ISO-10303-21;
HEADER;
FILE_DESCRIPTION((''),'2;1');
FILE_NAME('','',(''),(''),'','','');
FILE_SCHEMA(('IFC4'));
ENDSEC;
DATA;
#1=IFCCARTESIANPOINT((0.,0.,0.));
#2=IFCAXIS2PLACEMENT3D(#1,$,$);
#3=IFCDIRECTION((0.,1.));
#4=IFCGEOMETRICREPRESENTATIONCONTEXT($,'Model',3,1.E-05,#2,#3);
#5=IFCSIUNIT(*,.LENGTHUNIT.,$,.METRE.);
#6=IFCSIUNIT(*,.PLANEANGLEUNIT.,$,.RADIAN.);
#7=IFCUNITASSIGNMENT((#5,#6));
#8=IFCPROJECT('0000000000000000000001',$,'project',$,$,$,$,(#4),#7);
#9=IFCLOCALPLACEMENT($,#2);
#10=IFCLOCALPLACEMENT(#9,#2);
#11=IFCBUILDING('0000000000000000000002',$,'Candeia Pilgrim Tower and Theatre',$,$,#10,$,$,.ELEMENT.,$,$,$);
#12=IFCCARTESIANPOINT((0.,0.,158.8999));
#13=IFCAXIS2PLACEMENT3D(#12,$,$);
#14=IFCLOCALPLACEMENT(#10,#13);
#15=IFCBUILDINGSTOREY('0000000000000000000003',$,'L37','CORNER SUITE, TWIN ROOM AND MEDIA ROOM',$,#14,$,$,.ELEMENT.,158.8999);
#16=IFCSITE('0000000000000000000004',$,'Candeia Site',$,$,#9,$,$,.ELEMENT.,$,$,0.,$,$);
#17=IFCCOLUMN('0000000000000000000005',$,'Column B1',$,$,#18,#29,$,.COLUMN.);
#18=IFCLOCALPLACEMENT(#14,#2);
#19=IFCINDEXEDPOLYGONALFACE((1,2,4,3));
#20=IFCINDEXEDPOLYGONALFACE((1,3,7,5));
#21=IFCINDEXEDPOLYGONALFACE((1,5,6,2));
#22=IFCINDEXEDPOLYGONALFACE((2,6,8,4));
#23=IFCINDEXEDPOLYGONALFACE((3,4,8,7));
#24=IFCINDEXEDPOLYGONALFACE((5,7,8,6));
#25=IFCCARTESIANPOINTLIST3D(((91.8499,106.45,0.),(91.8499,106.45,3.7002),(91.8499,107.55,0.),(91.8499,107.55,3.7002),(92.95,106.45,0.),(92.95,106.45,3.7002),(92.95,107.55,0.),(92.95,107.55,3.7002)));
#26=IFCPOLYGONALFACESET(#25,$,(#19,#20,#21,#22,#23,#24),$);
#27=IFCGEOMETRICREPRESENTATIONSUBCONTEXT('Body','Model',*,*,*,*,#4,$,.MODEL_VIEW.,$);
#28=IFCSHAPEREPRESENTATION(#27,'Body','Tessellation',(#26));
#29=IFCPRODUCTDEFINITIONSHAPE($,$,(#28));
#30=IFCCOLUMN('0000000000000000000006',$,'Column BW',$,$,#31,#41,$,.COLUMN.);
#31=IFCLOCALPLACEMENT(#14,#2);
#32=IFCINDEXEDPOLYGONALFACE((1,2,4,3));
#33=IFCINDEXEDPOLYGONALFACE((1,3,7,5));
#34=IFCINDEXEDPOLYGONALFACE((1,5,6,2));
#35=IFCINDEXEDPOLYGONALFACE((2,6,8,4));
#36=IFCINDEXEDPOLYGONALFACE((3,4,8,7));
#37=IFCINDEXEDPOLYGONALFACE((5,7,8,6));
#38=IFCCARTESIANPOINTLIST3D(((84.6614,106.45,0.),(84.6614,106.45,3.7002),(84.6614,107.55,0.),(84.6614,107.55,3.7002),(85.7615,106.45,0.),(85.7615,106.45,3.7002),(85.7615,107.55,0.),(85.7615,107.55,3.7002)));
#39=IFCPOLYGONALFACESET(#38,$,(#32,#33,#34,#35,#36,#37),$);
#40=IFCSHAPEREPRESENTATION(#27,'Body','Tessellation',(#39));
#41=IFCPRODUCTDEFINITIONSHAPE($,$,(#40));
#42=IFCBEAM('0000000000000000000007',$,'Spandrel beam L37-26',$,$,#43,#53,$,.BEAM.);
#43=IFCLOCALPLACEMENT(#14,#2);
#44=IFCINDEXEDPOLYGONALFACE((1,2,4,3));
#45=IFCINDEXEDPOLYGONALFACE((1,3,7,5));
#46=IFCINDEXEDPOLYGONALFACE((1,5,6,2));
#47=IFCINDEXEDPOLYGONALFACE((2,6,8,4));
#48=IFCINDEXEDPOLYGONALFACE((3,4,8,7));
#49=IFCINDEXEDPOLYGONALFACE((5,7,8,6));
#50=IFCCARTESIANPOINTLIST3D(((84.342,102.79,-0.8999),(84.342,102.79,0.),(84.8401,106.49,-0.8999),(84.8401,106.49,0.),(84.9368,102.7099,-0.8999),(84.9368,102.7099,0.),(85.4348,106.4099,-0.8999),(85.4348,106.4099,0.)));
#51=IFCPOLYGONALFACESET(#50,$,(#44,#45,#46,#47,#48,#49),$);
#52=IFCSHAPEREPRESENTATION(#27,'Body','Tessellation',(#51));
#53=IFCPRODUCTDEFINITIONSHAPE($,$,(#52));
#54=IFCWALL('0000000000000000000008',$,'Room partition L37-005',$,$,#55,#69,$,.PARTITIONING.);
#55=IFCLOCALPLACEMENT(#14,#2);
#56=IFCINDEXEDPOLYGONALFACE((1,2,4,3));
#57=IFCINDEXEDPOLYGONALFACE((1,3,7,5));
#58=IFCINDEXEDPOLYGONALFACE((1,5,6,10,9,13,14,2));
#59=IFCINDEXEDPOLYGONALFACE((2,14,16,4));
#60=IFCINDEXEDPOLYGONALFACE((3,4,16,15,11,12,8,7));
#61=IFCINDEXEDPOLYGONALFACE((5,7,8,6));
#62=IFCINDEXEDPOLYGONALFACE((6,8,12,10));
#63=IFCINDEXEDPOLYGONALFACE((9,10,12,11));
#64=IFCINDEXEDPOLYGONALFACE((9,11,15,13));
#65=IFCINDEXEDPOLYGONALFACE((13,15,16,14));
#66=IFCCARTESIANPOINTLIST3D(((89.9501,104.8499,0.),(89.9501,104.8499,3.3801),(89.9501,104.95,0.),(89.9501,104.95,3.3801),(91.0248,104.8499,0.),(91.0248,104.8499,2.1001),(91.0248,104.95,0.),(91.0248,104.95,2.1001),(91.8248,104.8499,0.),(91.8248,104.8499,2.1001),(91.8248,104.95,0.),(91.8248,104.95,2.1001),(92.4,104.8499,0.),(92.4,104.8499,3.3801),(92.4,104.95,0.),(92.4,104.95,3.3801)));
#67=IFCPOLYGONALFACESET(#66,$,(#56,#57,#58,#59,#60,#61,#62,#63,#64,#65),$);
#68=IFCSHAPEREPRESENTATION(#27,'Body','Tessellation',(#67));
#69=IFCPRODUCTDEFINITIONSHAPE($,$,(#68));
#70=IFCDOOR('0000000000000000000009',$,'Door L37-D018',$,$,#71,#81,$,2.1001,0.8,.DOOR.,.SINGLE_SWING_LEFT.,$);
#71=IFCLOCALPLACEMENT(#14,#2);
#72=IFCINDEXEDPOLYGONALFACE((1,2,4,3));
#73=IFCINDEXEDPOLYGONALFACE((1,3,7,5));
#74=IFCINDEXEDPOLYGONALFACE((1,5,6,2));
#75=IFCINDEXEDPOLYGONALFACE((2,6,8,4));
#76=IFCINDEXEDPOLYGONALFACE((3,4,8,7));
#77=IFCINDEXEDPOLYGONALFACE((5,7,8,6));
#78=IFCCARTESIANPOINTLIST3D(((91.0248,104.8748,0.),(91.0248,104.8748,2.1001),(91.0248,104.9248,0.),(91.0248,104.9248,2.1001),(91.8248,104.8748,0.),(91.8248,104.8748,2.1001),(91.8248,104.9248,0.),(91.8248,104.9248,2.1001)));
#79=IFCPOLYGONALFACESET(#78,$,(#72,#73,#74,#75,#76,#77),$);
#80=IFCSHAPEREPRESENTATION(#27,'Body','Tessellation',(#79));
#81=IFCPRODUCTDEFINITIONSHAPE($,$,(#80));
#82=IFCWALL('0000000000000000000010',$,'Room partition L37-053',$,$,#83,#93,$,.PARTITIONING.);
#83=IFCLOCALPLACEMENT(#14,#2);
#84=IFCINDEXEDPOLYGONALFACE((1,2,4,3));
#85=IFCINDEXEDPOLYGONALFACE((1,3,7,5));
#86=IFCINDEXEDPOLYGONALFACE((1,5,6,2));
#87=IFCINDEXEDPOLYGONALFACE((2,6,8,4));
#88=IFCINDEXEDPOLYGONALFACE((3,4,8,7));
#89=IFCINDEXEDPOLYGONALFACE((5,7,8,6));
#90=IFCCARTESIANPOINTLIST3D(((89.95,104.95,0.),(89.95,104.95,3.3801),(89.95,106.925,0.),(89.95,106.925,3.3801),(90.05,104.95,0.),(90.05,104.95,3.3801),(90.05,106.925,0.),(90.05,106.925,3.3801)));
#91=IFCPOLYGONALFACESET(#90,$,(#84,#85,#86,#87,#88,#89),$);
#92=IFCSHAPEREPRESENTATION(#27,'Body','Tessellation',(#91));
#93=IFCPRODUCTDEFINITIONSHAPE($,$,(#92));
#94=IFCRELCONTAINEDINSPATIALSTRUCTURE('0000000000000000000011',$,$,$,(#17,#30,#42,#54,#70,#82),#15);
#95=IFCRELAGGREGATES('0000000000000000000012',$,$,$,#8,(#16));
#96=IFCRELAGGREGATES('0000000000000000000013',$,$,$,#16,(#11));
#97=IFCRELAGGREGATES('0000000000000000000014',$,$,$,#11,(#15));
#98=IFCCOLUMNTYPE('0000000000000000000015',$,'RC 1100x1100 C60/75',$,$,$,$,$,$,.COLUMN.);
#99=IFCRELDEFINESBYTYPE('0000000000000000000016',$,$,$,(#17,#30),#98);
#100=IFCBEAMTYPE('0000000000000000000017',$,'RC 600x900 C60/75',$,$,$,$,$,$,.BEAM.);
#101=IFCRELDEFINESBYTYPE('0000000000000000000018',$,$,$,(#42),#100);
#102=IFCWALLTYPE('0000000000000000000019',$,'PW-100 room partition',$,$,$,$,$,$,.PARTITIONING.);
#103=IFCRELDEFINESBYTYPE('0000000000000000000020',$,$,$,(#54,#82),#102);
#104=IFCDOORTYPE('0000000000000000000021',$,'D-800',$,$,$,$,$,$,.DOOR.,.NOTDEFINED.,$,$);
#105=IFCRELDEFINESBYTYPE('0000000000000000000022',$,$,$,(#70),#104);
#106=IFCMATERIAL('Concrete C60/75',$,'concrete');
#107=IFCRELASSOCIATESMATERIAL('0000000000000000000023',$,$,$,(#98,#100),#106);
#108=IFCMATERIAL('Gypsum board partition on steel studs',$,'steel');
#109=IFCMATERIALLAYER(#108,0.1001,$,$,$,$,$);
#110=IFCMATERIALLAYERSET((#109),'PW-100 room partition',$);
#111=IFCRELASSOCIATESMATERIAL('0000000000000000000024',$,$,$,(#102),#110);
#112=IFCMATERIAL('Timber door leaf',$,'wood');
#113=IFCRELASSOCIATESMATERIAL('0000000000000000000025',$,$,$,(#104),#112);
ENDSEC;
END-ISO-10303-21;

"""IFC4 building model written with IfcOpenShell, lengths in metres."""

from ifc_helpers import new_model, si_unit, direction, frame, frame_2d, origin, origin_2d, place, context, subcontext, project, spatial, rectangle, extrude, material, layer, layer_set, material_profile, profile_set, type_object, element, fill, save


model = new_model("IFC4")

# Units and contexts
model_context = context("Model", 3, precision=1e-05, world=origin(), true_north=direction((0.0, 1.0)))
body_context = subcontext(model_context, "Body", "Model", "MODEL_VIEW")
ifc_project = project(units=[si_unit("LENGTHUNIT", "METRE"), si_unit("PLANEANGLEUNIT", "RADIAN")], contexts=[model_context])

# Site, building, storey
site_placement = place(None, origin())
site = spatial("IfcSite", under=ifc_project, at=site_placement, Name="Candeia Site", CompositionType="ELEMENT", RefElevation=0.0)
building_placement = place(site_placement, origin())
building = spatial("IfcBuilding", under=site, at=building_placement, Name="Candeia Pilgrim Tower and Theatre", CompositionType="ELEMENT")
storey_placement = place(building_placement, frame((0.0, 0.0, 158.8999)))
storey = spatial("IfcBuildingStorey", under=building, at=storey_placement, Name="L37", Description="CORNER SUITE, TWIN ROOM AND MEDIA ROOM", CompositionType="ELEMENT", Elevation=158.8999)

# Columns
ifc_material_1 = material(Name="Concrete C60/75", Category="concrete")
ifc_material_profile_1 = material_profile(ifc_material_1, rectangle(XDim=1.1001, YDim=1.1001, at=origin_2d()))
ifc_profile_set_1 = profile_set([ifc_material_profile_1], Name="Concrete C60/75")
column_type = type_object("IfcColumnType", Name="RC 1100x1100 C60/75", PredefinedType="COLUMN", material=ifc_profile_set_1)
for number, where, z_axis, x_axis, name in (
    (1, (92.3999, 107.0, 0.0), (0.0, 0.0, 1.0), (1.0, 0.0, 0.0), "Column B1"),
    (2, (85.2114, 107.0, 0.0), (0.0, 0.0, 1.0), (1.0, 0.0, 0.0), "Column BW"),
):
    element("IfcColumn", number, at=place(storey_placement, frame(where, z_axis=z_axis, x_axis=x_axis)), inside=storey, type_object=column_type, Name=name, PredefinedType="COLUMN", context=body_context, shape_type="SweptSolid", body=[
        extrude(rectangle(XDim=1.1001, YDim=1.1001, at=origin_2d()), origin(), (0.0, 0.0, 1.0), 3.7002),
    ])

# Beam
ifc_material_profile_2 = material_profile(ifc_material_1, rectangle(XDim=0.6001, YDim=0.8999, at=origin_2d()))
ifc_profile_set_2 = profile_set([ifc_material_profile_2], Name="Concrete C60/75")
beam_type = type_object("IfcBeamType", Name="RC 600x900 C60/75", PredefinedType="BEAM", material=ifc_profile_set_2)
beam_placement = place(storey_placement, frame((85.1375, 106.45, -0.45), z_axis=(-0.133406, -0.991061, 0.0), x_axis=(0.991061, -0.133406, 0.0)))
element("IfcBeam", 3, at=beam_placement, inside=storey, type_object=beam_type, Name="Spandrel beam L37-26", PredefinedType="BEAM", context=body_context, shape_type="SweptSolid", body=[
    extrude(rectangle(XDim=0.6001, YDim=0.8999, at=origin_2d()), origin(), (0.0, 0.0, 1.0), 3.7334),
])

# Wall, opening, door
ifc_material_2 = material(Name="Gypsum board partition on steel studs", Category="steel")
ifc_layer_1 = layer(ifc_material_2, 0.1001)
ifc_layer_set_1 = layer_set([ifc_layer_1], Name="PW-100 room partition")
wall_type_1 = type_object("IfcWallType", Name="PW-100 room partition", PredefinedType="PARTITIONING", material=ifc_layer_set_1)
wall_1_placement = place(storey_placement, frame((89.95, 104.8999, 0.0), z_axis=(0.0, 0.0, 1.0), x_axis=(1.0, 0.0, 0.0)))
wall_1 = element("IfcWall", 4, at=wall_1_placement, inside=storey, type_object=wall_type_1, Name="Room partition L37-005", PredefinedType="PARTITIONING", context=body_context, shape_type="SweptSolid", body=[
    extrude(rectangle(XDim=2.45, YDim=0.1001, at=frame_2d((1.2251, 0.0))), origin(), (0.0, 0.0, 1.0), 3.3801),
])
opening_1_placement = place(wall_1_placement, frame((1.075, 0.0, 0.0)))
opening_1 = element("IfcOpeningElement", 5, at=opening_1_placement, cuts=wall_1, PredefinedType="OPENING", context=body_context, shape_type="SweptSolid", body=[
    extrude(rectangle(XDim=0.8, YDim=2.1001, at=frame_2d((0.3999, 1.05))), frame((0.0, 0.0601, 0.0), z_axis=(0.0, -1.0, 0.0), x_axis=(1.0, 0.0, 0.0)), (0.0, 0.0, 1.0), 0.1201),
])
ifc_material_3 = material(Name="Timber door leaf", Category="wood")
door_type_1 = type_object("IfcDoorType", Name="D-800", OperationType="NOTDEFINED", PredefinedType="DOOR", material=ifc_material_3)
door_1_placement = place(opening_1_placement, origin())
door_1 = element("IfcDoor", 6, at=door_1_placement, inside=storey, type_object=door_type_1, Name="Door L37-D018", OperationType="SINGLE_SWING_LEFT", OverallHeight=2.1001, OverallWidth=0.8, PredefinedType="DOOR", context=body_context, shape_type="SweptSolid", body=[
    extrude(rectangle(XDim=0.8, YDim=2.1001, at=frame_2d((0.3999, 1.05))), frame((0.0, 0.0249, 0.0), z_axis=(0.0, -1.0, 0.0), x_axis=(1.0, 0.0, 0.0)), (0.0, 0.0, 1.0), 0.05),
])
fill(opening_1, door_1)

# Wall
wall_2_placement = place(storey_placement, frame((90.0, 104.95, 0.0), z_axis=(0.0, 0.0, 1.0), x_axis=(0.0, 1.0, 0.0)))
element("IfcWall", 7, at=wall_2_placement, inside=storey, type_object=wall_type_1, Name="Room partition L37-053", PredefinedType="PARTITIONING", context=body_context, shape_type="SweptSolid", body=[
    extrude(rectangle(XDim=1.9751, YDim=0.1001, at=frame_2d((0.9875, 0.0))), origin(), (0.0, 0.0, 1.0), 3.3801),
])

save(model, "model.ifc")
